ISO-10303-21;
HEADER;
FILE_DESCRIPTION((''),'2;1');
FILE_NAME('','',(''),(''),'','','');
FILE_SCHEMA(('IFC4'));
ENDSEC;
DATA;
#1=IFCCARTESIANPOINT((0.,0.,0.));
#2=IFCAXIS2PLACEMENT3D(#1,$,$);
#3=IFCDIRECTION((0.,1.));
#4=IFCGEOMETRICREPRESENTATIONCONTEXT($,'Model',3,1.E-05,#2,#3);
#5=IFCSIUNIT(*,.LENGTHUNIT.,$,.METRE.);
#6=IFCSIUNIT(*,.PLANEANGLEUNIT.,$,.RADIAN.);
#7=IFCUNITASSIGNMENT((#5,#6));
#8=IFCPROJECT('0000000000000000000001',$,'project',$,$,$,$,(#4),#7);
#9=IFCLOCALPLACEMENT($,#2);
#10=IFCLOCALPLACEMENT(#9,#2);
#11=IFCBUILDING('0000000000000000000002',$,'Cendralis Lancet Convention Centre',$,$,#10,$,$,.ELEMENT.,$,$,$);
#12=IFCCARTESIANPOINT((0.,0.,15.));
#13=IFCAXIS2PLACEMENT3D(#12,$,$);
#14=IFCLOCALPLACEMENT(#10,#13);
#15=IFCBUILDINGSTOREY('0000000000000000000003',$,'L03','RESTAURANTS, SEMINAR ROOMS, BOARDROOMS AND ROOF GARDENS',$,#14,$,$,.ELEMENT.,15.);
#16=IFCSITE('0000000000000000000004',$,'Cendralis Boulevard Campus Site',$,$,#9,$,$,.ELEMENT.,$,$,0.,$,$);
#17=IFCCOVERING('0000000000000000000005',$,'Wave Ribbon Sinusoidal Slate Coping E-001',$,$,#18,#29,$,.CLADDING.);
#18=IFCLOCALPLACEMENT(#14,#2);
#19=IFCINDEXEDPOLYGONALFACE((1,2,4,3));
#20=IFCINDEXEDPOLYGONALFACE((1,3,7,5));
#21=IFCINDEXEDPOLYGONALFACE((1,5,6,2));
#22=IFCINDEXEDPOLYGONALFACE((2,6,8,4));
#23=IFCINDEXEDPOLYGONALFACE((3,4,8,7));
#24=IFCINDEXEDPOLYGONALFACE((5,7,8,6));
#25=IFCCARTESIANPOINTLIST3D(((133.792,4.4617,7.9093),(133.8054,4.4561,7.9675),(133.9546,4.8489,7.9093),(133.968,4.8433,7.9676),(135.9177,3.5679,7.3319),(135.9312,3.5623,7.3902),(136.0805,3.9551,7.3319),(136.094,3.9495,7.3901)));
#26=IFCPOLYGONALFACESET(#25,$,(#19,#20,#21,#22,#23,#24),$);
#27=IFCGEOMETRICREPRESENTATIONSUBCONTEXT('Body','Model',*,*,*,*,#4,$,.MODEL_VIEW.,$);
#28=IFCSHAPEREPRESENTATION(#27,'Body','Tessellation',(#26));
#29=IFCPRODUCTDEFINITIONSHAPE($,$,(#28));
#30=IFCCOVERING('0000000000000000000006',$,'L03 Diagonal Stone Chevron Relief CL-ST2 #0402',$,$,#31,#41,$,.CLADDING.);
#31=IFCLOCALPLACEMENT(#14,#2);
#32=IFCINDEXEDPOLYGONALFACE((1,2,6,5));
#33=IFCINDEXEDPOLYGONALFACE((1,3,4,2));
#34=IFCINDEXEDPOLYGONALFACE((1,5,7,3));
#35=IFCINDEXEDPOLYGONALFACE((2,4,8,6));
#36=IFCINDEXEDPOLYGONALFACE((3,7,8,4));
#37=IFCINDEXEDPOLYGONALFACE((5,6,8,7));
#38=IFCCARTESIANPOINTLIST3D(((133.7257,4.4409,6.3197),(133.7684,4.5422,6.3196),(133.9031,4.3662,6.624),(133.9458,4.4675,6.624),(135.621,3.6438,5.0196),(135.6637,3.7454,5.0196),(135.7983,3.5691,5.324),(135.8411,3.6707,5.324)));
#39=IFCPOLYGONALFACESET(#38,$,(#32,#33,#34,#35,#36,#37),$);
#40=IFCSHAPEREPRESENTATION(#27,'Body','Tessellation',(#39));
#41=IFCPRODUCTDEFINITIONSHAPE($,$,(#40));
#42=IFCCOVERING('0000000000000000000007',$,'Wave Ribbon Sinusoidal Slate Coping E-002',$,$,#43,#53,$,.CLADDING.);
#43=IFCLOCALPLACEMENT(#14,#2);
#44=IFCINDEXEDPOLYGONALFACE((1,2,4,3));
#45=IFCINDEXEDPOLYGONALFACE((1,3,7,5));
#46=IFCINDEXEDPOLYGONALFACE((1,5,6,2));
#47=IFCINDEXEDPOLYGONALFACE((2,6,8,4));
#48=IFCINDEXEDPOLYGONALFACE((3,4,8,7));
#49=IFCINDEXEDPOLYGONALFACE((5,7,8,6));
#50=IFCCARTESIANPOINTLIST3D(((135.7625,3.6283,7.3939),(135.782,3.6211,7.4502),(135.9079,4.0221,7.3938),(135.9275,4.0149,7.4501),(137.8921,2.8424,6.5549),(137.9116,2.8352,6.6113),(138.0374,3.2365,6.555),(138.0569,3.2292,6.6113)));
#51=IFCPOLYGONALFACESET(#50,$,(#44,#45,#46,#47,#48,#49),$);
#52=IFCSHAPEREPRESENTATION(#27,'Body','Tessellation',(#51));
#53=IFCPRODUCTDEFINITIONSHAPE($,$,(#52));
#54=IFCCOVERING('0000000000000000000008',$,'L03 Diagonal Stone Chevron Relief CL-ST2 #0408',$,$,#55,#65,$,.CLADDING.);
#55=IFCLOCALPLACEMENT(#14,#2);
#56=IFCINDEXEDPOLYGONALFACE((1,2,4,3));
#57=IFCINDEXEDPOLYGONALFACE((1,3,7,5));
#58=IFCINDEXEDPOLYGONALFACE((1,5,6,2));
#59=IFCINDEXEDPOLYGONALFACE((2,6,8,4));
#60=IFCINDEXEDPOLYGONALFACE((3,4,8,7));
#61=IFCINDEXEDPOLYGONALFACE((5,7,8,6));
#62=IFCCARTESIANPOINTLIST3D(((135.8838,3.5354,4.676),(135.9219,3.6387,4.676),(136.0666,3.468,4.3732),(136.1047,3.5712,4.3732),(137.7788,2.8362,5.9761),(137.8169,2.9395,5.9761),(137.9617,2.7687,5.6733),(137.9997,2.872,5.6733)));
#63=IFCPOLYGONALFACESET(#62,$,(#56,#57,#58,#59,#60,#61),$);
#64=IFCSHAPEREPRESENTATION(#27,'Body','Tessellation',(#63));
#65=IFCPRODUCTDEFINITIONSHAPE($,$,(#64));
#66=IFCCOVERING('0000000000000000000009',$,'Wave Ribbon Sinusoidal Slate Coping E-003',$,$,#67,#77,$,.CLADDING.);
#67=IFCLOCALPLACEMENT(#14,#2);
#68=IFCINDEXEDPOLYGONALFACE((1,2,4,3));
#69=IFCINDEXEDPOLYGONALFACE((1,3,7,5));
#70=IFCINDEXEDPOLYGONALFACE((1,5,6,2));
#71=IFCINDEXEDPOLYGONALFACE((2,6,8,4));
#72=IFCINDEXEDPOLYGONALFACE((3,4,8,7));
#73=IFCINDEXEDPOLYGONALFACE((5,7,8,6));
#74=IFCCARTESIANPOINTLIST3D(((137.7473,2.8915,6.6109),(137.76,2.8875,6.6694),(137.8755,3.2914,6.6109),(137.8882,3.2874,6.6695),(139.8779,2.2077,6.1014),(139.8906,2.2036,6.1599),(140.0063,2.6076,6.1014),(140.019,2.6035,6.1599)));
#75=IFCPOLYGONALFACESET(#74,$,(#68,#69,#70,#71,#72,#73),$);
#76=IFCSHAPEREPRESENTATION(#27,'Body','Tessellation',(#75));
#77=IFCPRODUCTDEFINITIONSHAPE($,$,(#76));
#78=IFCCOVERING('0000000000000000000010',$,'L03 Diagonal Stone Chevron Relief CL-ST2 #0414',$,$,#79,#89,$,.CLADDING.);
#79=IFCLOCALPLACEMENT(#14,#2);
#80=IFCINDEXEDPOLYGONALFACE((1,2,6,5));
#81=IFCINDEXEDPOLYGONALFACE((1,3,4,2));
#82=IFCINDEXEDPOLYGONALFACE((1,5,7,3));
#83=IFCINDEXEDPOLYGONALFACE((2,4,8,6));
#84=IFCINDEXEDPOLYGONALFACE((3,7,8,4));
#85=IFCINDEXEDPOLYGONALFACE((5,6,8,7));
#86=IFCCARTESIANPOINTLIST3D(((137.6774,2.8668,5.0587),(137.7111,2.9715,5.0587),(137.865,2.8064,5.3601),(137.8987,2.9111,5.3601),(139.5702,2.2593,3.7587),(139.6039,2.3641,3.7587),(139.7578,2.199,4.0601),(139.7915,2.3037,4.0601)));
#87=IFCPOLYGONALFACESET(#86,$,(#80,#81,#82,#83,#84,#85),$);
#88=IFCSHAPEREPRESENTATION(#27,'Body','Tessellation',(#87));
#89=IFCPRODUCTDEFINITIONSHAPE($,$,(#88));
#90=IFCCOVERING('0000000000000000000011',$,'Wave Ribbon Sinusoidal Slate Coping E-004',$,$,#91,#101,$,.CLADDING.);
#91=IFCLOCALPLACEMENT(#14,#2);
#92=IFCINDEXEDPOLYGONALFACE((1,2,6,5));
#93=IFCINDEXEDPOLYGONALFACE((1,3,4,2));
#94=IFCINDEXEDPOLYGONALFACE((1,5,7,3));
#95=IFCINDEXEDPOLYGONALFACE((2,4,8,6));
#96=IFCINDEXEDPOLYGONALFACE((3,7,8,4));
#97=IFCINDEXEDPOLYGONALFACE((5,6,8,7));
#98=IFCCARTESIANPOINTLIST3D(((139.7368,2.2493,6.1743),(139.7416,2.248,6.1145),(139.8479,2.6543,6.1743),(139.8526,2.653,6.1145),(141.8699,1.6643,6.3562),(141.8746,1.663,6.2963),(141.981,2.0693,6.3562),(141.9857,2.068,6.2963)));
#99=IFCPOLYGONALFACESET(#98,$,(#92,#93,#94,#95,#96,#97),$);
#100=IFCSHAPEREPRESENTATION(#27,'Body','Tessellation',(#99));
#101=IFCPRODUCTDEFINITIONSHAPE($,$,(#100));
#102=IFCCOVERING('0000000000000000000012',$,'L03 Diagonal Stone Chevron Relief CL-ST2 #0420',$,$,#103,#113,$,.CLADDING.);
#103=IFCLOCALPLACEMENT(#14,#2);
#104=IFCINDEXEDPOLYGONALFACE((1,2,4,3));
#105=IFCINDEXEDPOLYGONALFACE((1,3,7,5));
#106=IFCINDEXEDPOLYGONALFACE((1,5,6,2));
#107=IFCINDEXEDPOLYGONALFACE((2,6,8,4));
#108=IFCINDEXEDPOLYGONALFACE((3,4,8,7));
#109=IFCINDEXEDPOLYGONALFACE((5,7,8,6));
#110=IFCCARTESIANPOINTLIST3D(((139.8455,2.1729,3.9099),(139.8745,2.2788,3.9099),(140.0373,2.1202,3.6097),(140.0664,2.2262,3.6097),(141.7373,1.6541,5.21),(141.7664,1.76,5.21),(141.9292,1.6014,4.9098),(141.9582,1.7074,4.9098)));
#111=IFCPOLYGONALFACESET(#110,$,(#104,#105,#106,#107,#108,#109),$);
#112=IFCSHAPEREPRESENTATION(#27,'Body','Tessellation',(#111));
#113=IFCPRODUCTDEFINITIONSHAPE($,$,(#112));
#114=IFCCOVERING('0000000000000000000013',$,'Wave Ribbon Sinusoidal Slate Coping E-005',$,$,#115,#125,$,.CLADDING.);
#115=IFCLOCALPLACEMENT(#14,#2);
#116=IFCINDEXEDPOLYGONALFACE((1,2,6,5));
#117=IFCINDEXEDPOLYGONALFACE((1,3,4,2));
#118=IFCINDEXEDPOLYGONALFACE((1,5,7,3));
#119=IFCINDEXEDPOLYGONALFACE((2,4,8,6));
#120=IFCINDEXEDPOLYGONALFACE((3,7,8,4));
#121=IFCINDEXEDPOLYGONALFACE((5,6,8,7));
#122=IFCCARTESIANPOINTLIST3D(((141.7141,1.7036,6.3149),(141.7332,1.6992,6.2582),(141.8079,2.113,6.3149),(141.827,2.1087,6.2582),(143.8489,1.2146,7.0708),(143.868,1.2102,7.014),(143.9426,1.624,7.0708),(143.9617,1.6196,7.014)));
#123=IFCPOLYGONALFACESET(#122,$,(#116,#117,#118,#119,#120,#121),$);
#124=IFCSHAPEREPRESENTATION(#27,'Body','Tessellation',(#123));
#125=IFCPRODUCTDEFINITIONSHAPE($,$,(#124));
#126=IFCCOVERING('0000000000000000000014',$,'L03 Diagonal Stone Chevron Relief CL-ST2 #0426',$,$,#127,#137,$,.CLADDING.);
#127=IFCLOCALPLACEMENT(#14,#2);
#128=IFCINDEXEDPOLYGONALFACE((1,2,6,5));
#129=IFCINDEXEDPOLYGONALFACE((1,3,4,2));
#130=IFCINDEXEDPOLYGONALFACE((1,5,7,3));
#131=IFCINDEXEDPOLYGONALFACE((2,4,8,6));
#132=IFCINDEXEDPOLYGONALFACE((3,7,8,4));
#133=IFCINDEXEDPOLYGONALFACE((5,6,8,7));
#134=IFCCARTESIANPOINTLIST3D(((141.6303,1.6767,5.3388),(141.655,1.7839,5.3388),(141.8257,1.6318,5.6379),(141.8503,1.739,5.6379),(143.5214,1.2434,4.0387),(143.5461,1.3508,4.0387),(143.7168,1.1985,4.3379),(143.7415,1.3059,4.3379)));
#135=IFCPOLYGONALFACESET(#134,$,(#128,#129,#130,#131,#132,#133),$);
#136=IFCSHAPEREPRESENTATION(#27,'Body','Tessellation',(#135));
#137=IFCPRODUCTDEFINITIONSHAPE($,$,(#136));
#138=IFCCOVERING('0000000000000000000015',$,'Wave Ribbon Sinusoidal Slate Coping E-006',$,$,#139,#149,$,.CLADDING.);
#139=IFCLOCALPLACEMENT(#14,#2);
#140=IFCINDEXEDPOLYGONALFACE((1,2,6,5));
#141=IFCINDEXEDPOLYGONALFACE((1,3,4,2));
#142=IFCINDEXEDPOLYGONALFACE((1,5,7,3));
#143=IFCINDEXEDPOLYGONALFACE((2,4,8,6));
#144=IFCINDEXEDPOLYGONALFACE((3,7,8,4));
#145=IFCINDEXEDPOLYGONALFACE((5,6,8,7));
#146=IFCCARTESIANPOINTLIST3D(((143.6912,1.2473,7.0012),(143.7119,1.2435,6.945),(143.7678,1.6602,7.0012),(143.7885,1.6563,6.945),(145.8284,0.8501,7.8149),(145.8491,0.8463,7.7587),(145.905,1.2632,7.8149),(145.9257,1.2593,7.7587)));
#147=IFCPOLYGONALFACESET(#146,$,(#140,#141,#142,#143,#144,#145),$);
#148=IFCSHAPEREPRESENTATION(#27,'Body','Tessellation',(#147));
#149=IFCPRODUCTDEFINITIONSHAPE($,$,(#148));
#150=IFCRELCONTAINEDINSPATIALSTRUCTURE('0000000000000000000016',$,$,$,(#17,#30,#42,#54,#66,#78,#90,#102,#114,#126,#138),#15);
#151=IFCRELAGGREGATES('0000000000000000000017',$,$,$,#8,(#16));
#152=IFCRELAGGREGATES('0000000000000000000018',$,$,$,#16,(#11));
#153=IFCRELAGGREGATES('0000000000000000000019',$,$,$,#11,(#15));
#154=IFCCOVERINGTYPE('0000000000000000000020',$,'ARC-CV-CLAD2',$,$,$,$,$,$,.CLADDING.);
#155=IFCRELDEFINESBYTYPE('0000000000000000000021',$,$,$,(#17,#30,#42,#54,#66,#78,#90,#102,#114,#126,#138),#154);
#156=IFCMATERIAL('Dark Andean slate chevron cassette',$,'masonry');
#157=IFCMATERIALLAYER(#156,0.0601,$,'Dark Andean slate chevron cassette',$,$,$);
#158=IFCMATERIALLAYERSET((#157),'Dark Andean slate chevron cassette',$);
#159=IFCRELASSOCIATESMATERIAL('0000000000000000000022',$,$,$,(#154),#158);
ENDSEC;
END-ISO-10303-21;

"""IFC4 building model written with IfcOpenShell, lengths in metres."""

from ifc_helpers import new_model, si_unit, direction, frame, origin, place, context, subcontext, project, spatial, polyline, outline, extrude, material, layer, layer_set, type_object, element, save


model = new_model("IFC4")

# Units and contexts
model_context = context("Model", 3, precision=1e-05, world=origin(), true_north=direction((0.0, 1.0)))
body_context = subcontext(model_context, "Body", "Model", "MODEL_VIEW")
ifc_project = project(units=[si_unit("LENGTHUNIT", "METRE"), si_unit("PLANEANGLEUNIT", "RADIAN")], contexts=[model_context])

# Site, building, storey
site_placement = place(None, origin())
site = spatial("IfcSite", under=ifc_project, at=site_placement, Name="Cendralis Boulevard Campus Site", CompositionType="ELEMENT", RefElevation=0.0)
building_placement = place(site_placement, origin())
building = spatial("IfcBuilding", under=site, at=building_placement, Name="Cendralis Lancet Convention Centre", CompositionType="ELEMENT")
storey_placement = place(building_placement, frame((0.0, 0.0, 15.0)))
storey = spatial("IfcBuildingStorey", under=building, at=storey_placement, Name="L03", Description="RESTAURANTS, SEMINAR ROOMS, BOARDROOMS AND ROOF GARDENS", CompositionType="ELEMENT", Elevation=15.0)

# Shared definitions
ifc_material_1 = material(Name="Dark Andean slate chevron cassette", Category="masonry")

# Coverings
ifc_layer_1 = layer(ifc_material_1, 0.0601, Name="Dark Andean slate chevron cassette")
ifc_layer_set_1 = layer_set([ifc_layer_1], Name="Dark Andean slate chevron cassette")
covering_type_1 = type_object("IfcCoveringType", Name="ARC-CV-CLAD2", PredefinedType="CLADDING", material=ifc_layer_set_1)
covering_1_placement = place(storey_placement, frame((133.8054, 4.4561, 7.9675), z_axis=(0.22391, -0.094096, 0.970057), x_axis=(0.894226, -0.375992, -0.242878)))
element("IfcCovering", 1, at=covering_1_placement, inside=storey, type_object=covering_type_1, Name="Wave Ribbon Sinusoidal Slate Coping E-001", PredefinedType="CLADDING", context=body_context, shape_type="SweptSolid", body=[
    extrude(outline(polyline([(0.0, 0.0), (2.3772, 0.0), (2.3772, 0.4201), (-0.0002, 0.42), (0.0, 0.0)])), origin(), (0.0, 0.0, -1.0), 0.0601),
])
covering_2_placement = place(storey_placement, frame((133.9031, 4.3662, 6.624), z_axis=(0.492533, -0.207445, 0.845209), x_axis=(0.779105, -0.32768, -0.534436)))
element("IfcCovering", 2, at=covering_2_placement, inside=storey, type_object=covering_type_1, Name="L03 Diagonal Stone Chevron Relief CL-ST2 #0402", PredefinedType="CLADDING", context=body_context, shape_type="SweptSolid", body=[
    extrude(outline(polyline([(0.0, 0.0), (2.4326, 0.0), (2.4326, 0.1102), (0.0001, 0.11), (0.0, 0.0)])), origin(), (0.0, 0.0, -1.0), 0.3601),
])
covering_3_placement = place(storey_placement, frame((135.782, 3.6211, 7.4502), z_axis=(0.32521, -0.120026, 0.937994), x_axis=(0.879988, -0.324737, -0.346652)))
element("IfcCovering", 3, at=covering_3_placement, inside=storey, type_object=covering_type_1, Name="Wave Ribbon Sinusoidal Slate Coping E-002", PredefinedType="CLADDING", context=body_context, shape_type="SweptSolid", body=[
    extrude(outline(polyline([(0.0, 0.0), (2.4201, 0.0), (2.4199, 0.42), (0.0002, 0.4198), (0.0, 0.0)])), origin(), (0.0, 0.0, -1.0), 0.0601),
])
covering_4_placement = place(storey_placement, frame((135.8838, 3.5354, 4.676), z_axis=(-0.50778, 0.187266, 0.840887), x_axis=(0.788898, -0.291085, 0.541211)))
element("IfcCovering", 4, at=covering_4_placement, inside=storey, type_object=covering_type_1, Name="L03 Diagonal Stone Chevron Relief CL-ST2 #0408", PredefinedType="CLADDING", context=body_context, shape_type="SweptSolid", body=[
    extrude(outline(polyline([(0.0, 0.0), (2.4021, 0.0), (2.4021, 0.1101), (0.0, 0.1101), (0.0, 0.0)])), origin(), (0.0, 0.0, -1.0), 0.3601),
])
covering_5_placement = place(storey_placement, frame((137.76, 2.8875, 6.6694), z_axis=(0.211396, -0.06782, 0.975045), x_axis=(0.928398, -0.297977, -0.222008)))
element("IfcCovering", 5, at=covering_5_placement, inside=storey, type_object=covering_type_1, Name="Wave Ribbon Sinusoidal Slate Coping E-003", PredefinedType="CLADDING", context=body_context, shape_type="SweptSolid", body=[
    extrude(outline(polyline([(0.0, 0.0), (2.2949, 0.0), (2.295, 0.42), (-0.0002, 0.4199), (0.0, 0.0)])), origin(), (0.0, 0.0, -1.0), 0.0601),
])
covering_6_placement = place(storey_placement, frame((137.865, 2.8064, 5.3601), z_axis=(0.521035, -0.167606, 0.836918), x_axis=(0.79689, -0.255728, -0.547329)))
element("IfcCovering", 6, at=covering_6_placement, inside=storey, type_object=covering_type_1, Name="L03 Diagonal Stone Chevron Relief CL-ST2 #0414", PredefinedType="CLADDING", context=body_context, shape_type="SweptSolid", body=[
    extrude(outline(polyline([(0.0, 0.0), (2.3753, 0.0), (2.3753, 0.11), (0.0001, 0.11), (0.0, 0.0)])), origin(), (0.0, 0.0, -1.0), 0.3601),
])
covering_7_placement = place(storey_placement, frame((139.7368, 2.2493, 6.1743), z_axis=(-0.079038, 0.021677, 0.996636), x_axis=(0.961149, -0.263582, 0.081957)))
element("IfcCovering", 7, at=covering_7_placement, inside=storey, type_object=covering_type_1, Name="Wave Ribbon Sinusoidal Slate Coping E-004", PredefinedType="CLADDING", context=body_context, shape_type="SweptSolid", body=[
    extrude(outline(polyline([(0.0, 0.0), (2.2193, 0.0), (2.2193, 0.42), (0.0, 0.42), (0.0, 0.0)])), origin(), (0.0, 0.0, -1.0), 0.0601),
])
covering_8_placement = place(storey_placement, frame((139.8455, 2.1729, 3.9099), z_axis=(-0.532756, 0.146078, 0.833566), x_axis=(0.803887, -0.220449, 0.55242)))
element("IfcCovering", 8, at=covering_8_placement, inside=storey, type_object=covering_type_1, Name="L03 Diagonal Stone Chevron Relief CL-ST2 #0420", PredefinedType="CLADDING", context=body_context, shape_type="SweptSolid", body=[
    extrude(outline(polyline([(0.0, 0.0), (2.3534, 0.0), (2.3534, 0.1099), (0.0, 0.1099), (0.0, 0.0)])), origin(), (0.0, 0.0, -1.0), 0.3601),
])
covering_9_placement = place(storey_placement, frame((141.7141, 1.7036, 6.3149), z_axis=(-0.318017, 0.07282, 0.945284), x_axis=(0.921418, -0.211071, 0.326248)))
element("IfcCovering", 9, at=covering_9_placement, inside=storey, type_object=covering_type_1, Name="Wave Ribbon Sinusoidal Slate Coping E-005", PredefinedType="CLADDING", context=body_context, shape_type="SweptSolid", body=[
    extrude(outline(polyline([(0.0, 0.0), (2.3168, 0.0), (2.3168, 0.42), (0.0, 0.42), (0.0, 0.0)])), origin(), (0.0, 0.0, -1.0), 0.0601),
])
covering_10_placement = place(storey_placement, frame((141.8257, 1.6318, 5.6379), z_axis=(0.542528, -0.124676, 0.830734), x_axis=(0.809746, -0.185554, -0.556669)))
element("IfcCovering", 10, at=covering_10_placement, inside=storey, type_object=covering_type_1, Name="L03 Diagonal Stone Chevron Relief CL-ST2 #0426", PredefinedType="CLADDING", context=body_context, shape_type="SweptSolid", body=[
    extrude(outline(polyline([(0.0, 0.0), (2.3354, 0.0), (2.3355, 0.1102), (0.0001, 0.11), (0.0, 0.0)])), origin(), (0.0, 0.0, -1.0), 0.3601),
])
covering_11_placement = place(storey_placement, frame((143.6912, 1.2473, 7.0012), z_axis=(-0.344688, 0.063986, 0.936534), x_axis=(0.920766, -0.171132, 0.350576)))
element("IfcCovering", 11, at=covering_11_placement, inside=storey, type_object=covering_type_1, Name="Wave Ribbon Sinusoidal Slate Coping E-006", PredefinedType="CLADDING", context=body_context, shape_type="SweptSolid", body=[
    extrude(outline(polyline([(0.0, 0.0), (2.3211, 0.0), (2.321, 0.4201), (-0.0001, 0.4199), (0.0, 0.0)])), origin(), (0.0, 0.0, -1.0), 0.0601),
])

save(model, "model.ifc")
